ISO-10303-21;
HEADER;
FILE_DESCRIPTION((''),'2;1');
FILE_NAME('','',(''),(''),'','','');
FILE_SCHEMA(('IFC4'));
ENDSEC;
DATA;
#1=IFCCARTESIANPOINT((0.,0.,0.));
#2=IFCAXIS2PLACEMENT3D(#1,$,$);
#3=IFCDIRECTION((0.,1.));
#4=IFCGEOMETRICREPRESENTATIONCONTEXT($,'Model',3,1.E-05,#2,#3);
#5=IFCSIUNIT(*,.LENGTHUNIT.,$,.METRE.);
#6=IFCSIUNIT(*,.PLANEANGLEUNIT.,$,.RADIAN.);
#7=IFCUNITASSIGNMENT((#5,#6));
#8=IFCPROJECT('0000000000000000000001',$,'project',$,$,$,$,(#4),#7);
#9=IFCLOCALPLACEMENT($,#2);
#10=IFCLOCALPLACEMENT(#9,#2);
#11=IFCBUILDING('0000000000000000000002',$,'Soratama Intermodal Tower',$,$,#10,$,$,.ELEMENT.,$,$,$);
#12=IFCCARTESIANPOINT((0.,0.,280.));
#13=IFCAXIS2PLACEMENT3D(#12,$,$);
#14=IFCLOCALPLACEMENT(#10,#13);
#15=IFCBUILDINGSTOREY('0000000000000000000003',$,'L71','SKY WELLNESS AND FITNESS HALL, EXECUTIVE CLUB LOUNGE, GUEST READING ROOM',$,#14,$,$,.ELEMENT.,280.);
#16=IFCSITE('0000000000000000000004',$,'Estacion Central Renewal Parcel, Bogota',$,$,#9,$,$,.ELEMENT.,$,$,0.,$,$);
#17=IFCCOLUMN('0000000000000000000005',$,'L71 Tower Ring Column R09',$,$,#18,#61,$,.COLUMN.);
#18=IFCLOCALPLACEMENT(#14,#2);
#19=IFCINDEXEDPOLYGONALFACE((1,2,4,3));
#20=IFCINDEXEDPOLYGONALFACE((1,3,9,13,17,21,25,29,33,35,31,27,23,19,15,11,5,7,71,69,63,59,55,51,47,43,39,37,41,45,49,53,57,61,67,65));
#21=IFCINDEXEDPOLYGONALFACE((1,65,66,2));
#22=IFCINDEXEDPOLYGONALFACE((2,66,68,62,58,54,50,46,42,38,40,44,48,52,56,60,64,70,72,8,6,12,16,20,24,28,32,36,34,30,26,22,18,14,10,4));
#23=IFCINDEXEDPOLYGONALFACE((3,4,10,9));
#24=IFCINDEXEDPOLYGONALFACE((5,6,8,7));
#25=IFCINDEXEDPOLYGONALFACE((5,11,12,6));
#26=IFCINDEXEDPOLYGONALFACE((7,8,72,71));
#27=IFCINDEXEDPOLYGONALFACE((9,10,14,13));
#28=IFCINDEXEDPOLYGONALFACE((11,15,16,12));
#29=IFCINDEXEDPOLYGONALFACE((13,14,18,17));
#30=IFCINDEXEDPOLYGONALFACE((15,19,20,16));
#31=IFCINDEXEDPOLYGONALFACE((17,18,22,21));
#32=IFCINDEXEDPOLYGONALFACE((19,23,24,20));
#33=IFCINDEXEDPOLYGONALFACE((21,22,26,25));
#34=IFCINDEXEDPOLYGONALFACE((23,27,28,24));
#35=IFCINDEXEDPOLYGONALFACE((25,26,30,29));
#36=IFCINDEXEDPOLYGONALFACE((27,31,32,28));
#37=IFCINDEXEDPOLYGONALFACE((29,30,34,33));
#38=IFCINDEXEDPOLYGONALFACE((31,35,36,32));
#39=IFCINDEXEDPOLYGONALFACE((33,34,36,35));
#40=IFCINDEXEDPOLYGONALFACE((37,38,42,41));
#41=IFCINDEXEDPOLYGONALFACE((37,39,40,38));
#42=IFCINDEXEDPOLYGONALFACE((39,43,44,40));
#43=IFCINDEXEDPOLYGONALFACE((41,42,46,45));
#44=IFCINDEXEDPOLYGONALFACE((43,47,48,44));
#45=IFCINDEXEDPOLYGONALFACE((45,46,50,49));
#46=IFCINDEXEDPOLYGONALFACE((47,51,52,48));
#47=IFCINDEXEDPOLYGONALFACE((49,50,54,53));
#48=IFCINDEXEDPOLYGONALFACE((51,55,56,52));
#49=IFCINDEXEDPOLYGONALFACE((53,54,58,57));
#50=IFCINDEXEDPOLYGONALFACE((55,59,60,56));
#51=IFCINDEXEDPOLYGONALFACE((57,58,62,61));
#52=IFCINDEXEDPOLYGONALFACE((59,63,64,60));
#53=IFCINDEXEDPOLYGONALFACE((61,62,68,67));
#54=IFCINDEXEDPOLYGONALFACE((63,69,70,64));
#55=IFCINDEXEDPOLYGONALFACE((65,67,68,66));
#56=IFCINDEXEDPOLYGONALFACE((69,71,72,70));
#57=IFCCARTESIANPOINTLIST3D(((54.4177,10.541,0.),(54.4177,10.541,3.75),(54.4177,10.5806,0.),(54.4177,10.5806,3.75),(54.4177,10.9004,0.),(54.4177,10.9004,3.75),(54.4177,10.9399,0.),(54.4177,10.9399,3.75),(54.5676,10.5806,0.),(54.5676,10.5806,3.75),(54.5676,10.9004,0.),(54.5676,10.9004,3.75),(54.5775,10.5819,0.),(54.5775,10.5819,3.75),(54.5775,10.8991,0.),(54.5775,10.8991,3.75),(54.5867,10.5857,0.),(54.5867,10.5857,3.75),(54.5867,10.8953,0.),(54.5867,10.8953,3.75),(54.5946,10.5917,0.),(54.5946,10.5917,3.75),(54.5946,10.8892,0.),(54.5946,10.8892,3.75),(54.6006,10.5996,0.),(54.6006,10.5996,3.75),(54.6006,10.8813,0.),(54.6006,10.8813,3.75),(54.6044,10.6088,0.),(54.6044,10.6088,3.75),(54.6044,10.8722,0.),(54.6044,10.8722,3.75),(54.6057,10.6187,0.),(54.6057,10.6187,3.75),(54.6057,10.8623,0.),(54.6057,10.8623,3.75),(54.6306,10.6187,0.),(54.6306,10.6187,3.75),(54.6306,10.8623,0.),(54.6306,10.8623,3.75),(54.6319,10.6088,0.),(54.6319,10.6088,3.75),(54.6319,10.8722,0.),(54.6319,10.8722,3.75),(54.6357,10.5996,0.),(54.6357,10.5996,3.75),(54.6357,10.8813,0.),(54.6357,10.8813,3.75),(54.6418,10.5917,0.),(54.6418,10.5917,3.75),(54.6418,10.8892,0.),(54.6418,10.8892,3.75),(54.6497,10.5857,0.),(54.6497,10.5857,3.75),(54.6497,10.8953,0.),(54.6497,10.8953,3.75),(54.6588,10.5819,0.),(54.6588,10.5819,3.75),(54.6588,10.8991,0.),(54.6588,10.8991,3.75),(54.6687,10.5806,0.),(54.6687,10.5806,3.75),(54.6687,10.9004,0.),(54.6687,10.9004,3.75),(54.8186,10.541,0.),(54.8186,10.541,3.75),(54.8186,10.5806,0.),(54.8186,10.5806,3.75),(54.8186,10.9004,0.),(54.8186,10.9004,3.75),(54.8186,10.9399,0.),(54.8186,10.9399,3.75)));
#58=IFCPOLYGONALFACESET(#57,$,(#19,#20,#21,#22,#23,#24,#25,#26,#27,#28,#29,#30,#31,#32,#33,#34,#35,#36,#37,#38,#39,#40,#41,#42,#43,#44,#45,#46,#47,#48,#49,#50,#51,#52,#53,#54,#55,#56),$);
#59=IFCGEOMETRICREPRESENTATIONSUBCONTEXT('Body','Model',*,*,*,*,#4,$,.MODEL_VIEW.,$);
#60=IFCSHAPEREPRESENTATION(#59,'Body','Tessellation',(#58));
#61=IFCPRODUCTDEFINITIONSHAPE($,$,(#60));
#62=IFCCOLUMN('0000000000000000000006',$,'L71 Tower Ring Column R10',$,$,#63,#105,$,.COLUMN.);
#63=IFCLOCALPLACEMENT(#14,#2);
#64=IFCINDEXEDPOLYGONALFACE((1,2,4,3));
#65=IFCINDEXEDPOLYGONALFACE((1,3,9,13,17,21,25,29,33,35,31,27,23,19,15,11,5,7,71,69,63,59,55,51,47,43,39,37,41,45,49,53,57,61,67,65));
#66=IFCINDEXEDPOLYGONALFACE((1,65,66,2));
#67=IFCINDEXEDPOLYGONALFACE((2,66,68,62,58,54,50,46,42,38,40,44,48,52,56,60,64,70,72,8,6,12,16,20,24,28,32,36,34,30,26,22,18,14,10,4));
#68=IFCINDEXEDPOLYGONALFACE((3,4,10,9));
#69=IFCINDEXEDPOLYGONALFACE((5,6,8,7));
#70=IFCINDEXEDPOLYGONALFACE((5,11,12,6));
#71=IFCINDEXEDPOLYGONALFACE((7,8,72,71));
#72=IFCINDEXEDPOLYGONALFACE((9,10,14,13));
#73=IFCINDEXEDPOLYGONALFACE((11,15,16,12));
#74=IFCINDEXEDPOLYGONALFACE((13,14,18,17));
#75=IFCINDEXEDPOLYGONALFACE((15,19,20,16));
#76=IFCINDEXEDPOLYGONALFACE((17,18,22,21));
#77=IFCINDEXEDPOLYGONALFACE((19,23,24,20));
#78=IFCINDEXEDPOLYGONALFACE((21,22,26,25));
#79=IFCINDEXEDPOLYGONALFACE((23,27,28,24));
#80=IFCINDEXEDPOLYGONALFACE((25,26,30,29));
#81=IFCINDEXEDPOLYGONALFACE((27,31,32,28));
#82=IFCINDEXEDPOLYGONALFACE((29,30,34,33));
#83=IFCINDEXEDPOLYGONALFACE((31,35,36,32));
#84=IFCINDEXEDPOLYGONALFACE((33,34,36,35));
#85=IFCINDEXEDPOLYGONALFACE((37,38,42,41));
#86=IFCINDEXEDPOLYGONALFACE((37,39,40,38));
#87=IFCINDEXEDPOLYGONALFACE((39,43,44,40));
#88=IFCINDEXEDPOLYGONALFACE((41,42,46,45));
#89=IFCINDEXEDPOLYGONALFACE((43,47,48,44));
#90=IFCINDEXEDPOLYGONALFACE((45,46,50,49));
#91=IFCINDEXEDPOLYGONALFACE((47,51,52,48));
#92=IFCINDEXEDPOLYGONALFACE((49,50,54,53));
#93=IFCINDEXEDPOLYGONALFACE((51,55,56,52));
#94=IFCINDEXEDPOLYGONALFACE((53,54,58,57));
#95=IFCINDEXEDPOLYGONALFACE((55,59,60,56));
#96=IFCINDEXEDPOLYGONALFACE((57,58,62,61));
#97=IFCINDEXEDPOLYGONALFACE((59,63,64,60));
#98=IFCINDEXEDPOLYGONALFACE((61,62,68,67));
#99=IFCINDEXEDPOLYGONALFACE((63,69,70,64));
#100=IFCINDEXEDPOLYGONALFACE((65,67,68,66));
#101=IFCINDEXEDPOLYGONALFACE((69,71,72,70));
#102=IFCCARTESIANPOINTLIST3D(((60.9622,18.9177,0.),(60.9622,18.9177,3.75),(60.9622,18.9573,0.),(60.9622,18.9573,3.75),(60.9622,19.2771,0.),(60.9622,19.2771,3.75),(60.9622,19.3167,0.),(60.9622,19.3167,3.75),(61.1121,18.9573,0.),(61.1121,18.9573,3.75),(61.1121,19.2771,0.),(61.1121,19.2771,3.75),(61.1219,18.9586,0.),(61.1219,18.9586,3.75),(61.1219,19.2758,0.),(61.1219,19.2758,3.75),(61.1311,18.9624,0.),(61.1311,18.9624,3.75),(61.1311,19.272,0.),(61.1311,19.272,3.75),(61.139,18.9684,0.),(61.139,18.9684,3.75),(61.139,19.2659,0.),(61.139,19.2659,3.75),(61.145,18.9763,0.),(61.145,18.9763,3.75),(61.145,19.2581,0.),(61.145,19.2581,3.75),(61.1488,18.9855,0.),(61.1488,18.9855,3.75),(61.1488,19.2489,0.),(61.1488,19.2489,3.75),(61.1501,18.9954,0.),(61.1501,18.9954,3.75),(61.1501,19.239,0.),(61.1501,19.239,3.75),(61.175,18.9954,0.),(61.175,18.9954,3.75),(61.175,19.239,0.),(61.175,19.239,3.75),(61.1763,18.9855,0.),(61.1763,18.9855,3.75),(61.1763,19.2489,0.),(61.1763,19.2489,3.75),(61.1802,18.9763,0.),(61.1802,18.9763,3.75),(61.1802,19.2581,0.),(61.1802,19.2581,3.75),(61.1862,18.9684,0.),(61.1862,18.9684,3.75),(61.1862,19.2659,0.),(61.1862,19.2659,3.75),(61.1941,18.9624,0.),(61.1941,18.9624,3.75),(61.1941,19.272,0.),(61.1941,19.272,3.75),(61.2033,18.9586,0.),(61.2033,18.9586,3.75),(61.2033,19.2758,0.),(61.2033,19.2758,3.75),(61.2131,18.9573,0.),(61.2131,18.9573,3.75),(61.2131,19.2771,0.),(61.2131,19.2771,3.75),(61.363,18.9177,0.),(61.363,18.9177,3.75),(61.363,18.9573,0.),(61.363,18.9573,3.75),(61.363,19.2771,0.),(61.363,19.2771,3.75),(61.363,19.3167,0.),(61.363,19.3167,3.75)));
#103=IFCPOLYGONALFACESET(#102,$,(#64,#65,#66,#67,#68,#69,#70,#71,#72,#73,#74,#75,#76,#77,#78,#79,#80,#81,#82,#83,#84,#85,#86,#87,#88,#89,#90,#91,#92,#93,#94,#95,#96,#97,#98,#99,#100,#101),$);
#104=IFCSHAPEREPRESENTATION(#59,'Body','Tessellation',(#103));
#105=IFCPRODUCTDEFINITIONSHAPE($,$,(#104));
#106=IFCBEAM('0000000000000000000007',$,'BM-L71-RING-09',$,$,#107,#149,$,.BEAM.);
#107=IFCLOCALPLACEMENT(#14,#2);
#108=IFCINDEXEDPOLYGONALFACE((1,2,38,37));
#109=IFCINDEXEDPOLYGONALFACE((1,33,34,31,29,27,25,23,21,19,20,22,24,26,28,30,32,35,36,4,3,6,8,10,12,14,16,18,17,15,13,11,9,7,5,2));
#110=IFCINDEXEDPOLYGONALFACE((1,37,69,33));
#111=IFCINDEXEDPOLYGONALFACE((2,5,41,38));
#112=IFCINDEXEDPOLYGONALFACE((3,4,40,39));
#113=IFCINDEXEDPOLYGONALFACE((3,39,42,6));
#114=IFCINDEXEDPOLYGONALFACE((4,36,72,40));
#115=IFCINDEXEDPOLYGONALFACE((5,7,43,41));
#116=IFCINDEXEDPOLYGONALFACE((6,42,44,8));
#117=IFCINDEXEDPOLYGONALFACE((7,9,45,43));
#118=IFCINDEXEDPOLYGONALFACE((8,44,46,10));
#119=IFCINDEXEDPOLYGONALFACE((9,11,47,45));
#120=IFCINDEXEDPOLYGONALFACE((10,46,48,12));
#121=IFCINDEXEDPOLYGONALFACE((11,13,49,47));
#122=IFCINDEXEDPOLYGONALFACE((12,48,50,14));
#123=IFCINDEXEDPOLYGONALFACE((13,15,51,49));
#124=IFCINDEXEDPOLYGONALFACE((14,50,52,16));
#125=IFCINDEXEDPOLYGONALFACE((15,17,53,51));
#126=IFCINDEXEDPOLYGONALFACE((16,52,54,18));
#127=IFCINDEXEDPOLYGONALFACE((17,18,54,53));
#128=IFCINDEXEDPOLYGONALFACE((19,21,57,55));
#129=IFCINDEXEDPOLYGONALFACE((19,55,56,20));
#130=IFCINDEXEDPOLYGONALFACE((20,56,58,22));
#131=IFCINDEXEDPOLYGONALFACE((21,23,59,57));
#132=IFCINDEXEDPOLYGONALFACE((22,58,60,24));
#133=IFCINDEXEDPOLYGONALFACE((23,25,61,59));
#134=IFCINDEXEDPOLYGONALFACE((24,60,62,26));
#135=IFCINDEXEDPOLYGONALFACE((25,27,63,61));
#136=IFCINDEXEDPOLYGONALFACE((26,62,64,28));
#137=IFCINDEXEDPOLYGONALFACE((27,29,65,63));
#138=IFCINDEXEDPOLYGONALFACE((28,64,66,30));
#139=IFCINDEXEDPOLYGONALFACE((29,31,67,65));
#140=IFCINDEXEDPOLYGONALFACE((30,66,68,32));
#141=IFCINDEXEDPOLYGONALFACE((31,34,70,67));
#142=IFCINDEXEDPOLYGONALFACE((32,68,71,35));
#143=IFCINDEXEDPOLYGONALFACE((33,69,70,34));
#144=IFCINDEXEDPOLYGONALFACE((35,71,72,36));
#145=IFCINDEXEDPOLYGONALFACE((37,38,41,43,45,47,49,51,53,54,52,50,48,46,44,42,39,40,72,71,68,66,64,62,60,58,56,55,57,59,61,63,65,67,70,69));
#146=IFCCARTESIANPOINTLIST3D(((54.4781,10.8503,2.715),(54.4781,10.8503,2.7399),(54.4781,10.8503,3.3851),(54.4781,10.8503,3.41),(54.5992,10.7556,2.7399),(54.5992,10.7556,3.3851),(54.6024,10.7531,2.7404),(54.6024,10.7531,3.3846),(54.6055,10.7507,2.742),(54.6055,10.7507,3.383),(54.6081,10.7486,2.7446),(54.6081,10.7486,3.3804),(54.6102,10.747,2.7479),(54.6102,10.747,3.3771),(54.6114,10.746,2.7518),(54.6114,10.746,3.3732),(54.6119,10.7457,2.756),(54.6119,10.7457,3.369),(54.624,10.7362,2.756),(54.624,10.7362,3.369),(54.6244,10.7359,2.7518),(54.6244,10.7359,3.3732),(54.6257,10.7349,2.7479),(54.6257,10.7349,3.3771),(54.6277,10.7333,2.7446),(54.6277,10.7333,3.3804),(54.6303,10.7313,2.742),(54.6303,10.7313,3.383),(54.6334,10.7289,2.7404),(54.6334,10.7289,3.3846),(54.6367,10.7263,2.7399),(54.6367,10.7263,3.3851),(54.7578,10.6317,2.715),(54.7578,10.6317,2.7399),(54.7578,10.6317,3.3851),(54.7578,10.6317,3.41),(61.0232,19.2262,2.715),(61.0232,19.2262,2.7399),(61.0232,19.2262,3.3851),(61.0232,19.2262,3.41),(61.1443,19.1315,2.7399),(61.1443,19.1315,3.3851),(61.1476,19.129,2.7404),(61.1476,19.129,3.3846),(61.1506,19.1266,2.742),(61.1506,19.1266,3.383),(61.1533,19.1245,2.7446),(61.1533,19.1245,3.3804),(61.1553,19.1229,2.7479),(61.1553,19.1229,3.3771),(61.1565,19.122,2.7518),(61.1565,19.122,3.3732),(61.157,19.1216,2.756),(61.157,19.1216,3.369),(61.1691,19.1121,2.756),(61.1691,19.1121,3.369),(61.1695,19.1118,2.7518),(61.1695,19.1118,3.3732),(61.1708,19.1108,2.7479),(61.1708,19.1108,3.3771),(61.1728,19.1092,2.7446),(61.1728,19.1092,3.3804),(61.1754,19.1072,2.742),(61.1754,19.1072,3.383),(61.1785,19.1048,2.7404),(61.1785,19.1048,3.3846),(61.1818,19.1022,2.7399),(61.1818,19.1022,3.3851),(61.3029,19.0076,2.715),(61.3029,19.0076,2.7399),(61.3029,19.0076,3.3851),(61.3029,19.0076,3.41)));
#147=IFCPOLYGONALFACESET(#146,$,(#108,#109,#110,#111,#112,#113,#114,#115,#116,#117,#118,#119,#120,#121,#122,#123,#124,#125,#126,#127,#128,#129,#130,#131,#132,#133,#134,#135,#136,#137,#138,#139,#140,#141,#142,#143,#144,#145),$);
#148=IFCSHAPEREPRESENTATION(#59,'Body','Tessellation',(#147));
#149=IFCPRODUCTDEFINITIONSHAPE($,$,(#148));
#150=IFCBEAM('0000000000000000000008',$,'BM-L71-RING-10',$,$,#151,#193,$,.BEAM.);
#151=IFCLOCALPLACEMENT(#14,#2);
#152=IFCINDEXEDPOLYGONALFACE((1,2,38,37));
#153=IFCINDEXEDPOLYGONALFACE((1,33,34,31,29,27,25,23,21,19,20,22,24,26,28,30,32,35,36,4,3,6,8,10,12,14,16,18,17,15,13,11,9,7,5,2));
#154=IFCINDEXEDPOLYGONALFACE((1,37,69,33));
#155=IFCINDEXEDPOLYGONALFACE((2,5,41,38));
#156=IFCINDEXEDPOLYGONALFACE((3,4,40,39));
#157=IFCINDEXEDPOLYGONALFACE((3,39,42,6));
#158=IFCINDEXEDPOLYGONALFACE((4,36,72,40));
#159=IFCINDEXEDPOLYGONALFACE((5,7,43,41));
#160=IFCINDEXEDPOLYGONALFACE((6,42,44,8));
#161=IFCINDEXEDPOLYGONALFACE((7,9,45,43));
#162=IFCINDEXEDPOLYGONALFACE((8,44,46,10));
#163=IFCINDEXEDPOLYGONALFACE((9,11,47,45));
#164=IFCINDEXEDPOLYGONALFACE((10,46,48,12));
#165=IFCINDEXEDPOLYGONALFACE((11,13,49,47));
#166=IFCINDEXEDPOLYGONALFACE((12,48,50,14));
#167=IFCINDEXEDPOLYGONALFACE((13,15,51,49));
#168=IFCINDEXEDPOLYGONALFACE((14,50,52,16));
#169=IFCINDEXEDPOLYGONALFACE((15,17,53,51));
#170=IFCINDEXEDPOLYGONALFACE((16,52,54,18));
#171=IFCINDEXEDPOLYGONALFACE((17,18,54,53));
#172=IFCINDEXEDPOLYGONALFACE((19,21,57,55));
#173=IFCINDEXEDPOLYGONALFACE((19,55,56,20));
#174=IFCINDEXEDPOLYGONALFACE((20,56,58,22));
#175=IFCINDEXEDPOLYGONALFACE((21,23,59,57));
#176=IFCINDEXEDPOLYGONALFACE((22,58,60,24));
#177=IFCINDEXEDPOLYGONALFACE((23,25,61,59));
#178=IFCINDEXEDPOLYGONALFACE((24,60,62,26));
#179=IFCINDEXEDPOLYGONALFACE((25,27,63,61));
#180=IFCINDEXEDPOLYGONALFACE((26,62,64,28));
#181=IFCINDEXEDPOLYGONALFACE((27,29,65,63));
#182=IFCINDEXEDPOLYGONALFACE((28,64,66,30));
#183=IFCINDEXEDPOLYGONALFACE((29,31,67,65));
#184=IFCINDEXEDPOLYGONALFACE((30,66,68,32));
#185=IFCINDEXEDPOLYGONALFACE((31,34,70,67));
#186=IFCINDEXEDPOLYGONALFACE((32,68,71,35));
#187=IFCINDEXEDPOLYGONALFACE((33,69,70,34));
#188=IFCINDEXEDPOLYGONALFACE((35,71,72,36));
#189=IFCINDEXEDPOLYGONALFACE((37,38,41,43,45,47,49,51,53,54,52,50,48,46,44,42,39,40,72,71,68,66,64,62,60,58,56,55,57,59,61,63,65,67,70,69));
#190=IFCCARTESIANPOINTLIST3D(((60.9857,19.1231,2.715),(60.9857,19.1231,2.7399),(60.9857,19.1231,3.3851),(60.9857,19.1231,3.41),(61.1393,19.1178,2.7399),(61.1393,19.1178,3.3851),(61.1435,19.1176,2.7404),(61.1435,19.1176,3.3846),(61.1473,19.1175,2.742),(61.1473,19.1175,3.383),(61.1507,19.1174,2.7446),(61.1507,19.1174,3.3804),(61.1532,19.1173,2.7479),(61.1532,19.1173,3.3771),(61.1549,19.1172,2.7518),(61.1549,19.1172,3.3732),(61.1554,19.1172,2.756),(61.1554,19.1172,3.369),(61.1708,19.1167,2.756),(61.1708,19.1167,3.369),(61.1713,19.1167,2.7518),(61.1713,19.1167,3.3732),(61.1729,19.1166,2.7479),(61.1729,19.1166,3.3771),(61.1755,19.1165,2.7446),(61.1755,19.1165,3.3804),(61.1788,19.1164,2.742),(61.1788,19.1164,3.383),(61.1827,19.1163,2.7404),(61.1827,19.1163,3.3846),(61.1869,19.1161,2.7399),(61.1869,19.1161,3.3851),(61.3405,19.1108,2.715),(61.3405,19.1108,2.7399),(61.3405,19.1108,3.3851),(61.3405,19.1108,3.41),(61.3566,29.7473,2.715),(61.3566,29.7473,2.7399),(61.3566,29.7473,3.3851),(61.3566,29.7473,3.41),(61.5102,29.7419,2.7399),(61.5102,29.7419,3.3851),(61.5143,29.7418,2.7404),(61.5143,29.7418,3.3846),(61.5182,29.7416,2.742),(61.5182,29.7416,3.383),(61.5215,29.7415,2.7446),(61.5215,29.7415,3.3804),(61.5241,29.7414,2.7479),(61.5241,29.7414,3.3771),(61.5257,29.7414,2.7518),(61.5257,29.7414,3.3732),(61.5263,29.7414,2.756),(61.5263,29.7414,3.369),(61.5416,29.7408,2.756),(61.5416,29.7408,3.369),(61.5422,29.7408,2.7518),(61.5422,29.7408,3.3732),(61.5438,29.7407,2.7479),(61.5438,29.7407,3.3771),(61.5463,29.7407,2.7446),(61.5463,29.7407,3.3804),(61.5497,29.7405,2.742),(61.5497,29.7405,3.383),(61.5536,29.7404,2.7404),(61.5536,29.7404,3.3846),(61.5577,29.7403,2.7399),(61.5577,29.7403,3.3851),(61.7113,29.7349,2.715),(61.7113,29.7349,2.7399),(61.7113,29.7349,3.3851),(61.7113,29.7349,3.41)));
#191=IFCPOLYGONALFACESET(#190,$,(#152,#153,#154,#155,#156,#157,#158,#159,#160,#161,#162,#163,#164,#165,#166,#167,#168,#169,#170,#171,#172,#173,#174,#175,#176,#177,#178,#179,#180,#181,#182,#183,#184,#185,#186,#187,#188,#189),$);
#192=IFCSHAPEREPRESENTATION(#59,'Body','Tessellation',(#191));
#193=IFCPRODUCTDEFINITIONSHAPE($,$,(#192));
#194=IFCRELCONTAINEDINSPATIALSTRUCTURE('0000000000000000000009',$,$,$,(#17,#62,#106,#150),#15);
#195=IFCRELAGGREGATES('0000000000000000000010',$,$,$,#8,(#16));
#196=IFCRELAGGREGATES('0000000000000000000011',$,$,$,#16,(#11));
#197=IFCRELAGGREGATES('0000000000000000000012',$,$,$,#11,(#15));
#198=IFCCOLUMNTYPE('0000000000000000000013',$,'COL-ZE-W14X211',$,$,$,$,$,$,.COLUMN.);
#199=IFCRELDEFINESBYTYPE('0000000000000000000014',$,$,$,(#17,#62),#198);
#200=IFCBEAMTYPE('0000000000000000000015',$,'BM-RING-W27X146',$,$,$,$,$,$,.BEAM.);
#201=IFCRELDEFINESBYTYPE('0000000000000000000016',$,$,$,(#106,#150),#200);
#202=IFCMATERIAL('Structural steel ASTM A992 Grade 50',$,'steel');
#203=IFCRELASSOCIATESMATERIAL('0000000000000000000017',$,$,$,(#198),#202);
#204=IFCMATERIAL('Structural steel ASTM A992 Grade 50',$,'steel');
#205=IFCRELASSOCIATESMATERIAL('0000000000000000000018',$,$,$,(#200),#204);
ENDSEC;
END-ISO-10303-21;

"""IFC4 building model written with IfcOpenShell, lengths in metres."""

from ifc_helpers import new_model, si_unit, direction, frame, origin, origin_2d, place, context, subcontext, project, spatial, i_section, extrude, material, material_profile, profile_set, type_object, element, save


model = new_model("IFC4")

# Units and contexts
model_context = context("Model", 3, precision=1e-05, world=origin(), true_north=direction((0.0, 1.0)))
body_context = subcontext(model_context, "Body", "Model", "MODEL_VIEW")
ifc_project = project(units=[si_unit("LENGTHUNIT", "METRE"), si_unit("PLANEANGLEUNIT", "RADIAN")], contexts=[model_context])

# Site, building, storey
site_placement = place(None, origin())
site = spatial("IfcSite", under=ifc_project, at=site_placement, Name="Estacion Central Renewal Parcel, Bogota", CompositionType="ELEMENT", RefElevation=0.0)
building_placement = place(site_placement, origin())
building = spatial("IfcBuilding", under=site, at=building_placement, Name="Soratama Intermodal Tower", CompositionType="ELEMENT")
storey_placement = place(building_placement, frame((0.0, 0.0, 280.0)))
storey = spatial("IfcBuildingStorey", under=building, at=storey_placement, Name="L71", Description="SKY WELLNESS AND FITNESS HALL, EXECUTIVE CLUB LOUNGE, GUEST READING ROOM", CompositionType="ELEMENT", Elevation=280.0)

# Columns
ifc_material_1 = material(Name="Structural steel ASTM A992 Grade 50", Category="steel")
ifc_material_profile_1 = material_profile(ifc_material_1, i_section(OverallWidth=0.4009, OverallDepth=0.3989, WebThickness=0.0249, FlangeThickness=0.0396, FilletRadius=0.0381, at=origin_2d()), Name="W14X211")
ifc_profile_set_1 = profile_set([ifc_material_profile_1], Name="Structural steel ASTM A992 Grade 50")
column_type = type_object("IfcColumnType", Name="COL-ZE-W14X211", PredefinedType="COLUMN", material=ifc_profile_set_1)
for number, where, z_axis, x_axis, name in (
    (1, (54.6182, 10.7405, 0.0), (0.0, 0.0, 1.0), (1.0, 0.0, 0.0), "L71 Tower Ring Column R09"),
    (2, (61.1626, 19.1172, 0.0), (0.0, 0.0, 1.0), (1.0, 0.0, 0.0), "L71 Tower Ring Column R10"),
):
    element("IfcColumn", number, at=place(storey_placement, frame(where, z_axis=z_axis, x_axis=x_axis)), inside=storey, type_object=column_type, Name=name, PredefinedType="COLUMN", context=body_context, shape_type="SweptSolid", body=[
        extrude(i_section(OverallWidth=0.4009, OverallDepth=0.3989, WebThickness=0.0249, FlangeThickness=0.0396, FilletRadius=0.0381, at=origin_2d()), origin(), (0.0, 0.0, 1.0), 3.75),
    ])

# Beams
ifc_material_2 = material(Name="Structural steel ASTM A992 Grade 50", Category="steel")
ifc_material_profile_2 = material_profile(ifc_material_2, i_section(OverallWidth=0.355, OverallDepth=0.6951, WebThickness=0.0154, FlangeThickness=0.0249, FilletRadius=0.0161, at=origin_2d()), Name="W27X146")
ifc_profile_set_2 = profile_set([ifc_material_profile_2], Name="Structural steel ASTM A992 Grade 50")
beam_type_1 = type_object("IfcBeamType", Name="BM-RING-W27X146", PredefinedType="BEAM", material=ifc_profile_set_2)
beam_1_placement = place(storey_placement, frame((54.6179, 10.741, 3.0625), z_axis=(0.615728, 0.787959, 0.0), x_axis=(-0.787959, 0.615728, 0.0)))
element("IfcBeam", 3, at=beam_1_placement, inside=storey, type_object=beam_type_1, Name="BM-L71-RING-09", PredefinedType="BEAM", context=body_context, shape_type="SweptSolid", body=[
    extrude(i_section(OverallWidth=0.355, OverallDepth=0.6951, WebThickness=0.0154, FlangeThickness=0.0249, FilletRadius=0.0161, at=origin_2d()), origin(), (0.0, 0.0, 1.0), 10.6299),
])
beam_2_placement = place(storey_placement, frame((61.1631, 19.1169, 3.0625), z_axis=(0.034885, 0.999391, 0.0), x_axis=(-0.999391, 0.034885, 0.0)))
element("IfcBeam", 4, at=beam_2_placement, inside=storey, type_object=beam_type_1, Name="BM-L71-RING-10", PredefinedType="BEAM", context=body_context, shape_type="SweptSolid", body=[
    extrude(i_section(OverallWidth=0.355, OverallDepth=0.6951, WebThickness=0.0154, FlangeThickness=0.0249, FilletRadius=0.0161, at=origin_2d()), origin(), (0.0, 0.0, 1.0), 10.6306),
])

save(model, "model.ifc")
